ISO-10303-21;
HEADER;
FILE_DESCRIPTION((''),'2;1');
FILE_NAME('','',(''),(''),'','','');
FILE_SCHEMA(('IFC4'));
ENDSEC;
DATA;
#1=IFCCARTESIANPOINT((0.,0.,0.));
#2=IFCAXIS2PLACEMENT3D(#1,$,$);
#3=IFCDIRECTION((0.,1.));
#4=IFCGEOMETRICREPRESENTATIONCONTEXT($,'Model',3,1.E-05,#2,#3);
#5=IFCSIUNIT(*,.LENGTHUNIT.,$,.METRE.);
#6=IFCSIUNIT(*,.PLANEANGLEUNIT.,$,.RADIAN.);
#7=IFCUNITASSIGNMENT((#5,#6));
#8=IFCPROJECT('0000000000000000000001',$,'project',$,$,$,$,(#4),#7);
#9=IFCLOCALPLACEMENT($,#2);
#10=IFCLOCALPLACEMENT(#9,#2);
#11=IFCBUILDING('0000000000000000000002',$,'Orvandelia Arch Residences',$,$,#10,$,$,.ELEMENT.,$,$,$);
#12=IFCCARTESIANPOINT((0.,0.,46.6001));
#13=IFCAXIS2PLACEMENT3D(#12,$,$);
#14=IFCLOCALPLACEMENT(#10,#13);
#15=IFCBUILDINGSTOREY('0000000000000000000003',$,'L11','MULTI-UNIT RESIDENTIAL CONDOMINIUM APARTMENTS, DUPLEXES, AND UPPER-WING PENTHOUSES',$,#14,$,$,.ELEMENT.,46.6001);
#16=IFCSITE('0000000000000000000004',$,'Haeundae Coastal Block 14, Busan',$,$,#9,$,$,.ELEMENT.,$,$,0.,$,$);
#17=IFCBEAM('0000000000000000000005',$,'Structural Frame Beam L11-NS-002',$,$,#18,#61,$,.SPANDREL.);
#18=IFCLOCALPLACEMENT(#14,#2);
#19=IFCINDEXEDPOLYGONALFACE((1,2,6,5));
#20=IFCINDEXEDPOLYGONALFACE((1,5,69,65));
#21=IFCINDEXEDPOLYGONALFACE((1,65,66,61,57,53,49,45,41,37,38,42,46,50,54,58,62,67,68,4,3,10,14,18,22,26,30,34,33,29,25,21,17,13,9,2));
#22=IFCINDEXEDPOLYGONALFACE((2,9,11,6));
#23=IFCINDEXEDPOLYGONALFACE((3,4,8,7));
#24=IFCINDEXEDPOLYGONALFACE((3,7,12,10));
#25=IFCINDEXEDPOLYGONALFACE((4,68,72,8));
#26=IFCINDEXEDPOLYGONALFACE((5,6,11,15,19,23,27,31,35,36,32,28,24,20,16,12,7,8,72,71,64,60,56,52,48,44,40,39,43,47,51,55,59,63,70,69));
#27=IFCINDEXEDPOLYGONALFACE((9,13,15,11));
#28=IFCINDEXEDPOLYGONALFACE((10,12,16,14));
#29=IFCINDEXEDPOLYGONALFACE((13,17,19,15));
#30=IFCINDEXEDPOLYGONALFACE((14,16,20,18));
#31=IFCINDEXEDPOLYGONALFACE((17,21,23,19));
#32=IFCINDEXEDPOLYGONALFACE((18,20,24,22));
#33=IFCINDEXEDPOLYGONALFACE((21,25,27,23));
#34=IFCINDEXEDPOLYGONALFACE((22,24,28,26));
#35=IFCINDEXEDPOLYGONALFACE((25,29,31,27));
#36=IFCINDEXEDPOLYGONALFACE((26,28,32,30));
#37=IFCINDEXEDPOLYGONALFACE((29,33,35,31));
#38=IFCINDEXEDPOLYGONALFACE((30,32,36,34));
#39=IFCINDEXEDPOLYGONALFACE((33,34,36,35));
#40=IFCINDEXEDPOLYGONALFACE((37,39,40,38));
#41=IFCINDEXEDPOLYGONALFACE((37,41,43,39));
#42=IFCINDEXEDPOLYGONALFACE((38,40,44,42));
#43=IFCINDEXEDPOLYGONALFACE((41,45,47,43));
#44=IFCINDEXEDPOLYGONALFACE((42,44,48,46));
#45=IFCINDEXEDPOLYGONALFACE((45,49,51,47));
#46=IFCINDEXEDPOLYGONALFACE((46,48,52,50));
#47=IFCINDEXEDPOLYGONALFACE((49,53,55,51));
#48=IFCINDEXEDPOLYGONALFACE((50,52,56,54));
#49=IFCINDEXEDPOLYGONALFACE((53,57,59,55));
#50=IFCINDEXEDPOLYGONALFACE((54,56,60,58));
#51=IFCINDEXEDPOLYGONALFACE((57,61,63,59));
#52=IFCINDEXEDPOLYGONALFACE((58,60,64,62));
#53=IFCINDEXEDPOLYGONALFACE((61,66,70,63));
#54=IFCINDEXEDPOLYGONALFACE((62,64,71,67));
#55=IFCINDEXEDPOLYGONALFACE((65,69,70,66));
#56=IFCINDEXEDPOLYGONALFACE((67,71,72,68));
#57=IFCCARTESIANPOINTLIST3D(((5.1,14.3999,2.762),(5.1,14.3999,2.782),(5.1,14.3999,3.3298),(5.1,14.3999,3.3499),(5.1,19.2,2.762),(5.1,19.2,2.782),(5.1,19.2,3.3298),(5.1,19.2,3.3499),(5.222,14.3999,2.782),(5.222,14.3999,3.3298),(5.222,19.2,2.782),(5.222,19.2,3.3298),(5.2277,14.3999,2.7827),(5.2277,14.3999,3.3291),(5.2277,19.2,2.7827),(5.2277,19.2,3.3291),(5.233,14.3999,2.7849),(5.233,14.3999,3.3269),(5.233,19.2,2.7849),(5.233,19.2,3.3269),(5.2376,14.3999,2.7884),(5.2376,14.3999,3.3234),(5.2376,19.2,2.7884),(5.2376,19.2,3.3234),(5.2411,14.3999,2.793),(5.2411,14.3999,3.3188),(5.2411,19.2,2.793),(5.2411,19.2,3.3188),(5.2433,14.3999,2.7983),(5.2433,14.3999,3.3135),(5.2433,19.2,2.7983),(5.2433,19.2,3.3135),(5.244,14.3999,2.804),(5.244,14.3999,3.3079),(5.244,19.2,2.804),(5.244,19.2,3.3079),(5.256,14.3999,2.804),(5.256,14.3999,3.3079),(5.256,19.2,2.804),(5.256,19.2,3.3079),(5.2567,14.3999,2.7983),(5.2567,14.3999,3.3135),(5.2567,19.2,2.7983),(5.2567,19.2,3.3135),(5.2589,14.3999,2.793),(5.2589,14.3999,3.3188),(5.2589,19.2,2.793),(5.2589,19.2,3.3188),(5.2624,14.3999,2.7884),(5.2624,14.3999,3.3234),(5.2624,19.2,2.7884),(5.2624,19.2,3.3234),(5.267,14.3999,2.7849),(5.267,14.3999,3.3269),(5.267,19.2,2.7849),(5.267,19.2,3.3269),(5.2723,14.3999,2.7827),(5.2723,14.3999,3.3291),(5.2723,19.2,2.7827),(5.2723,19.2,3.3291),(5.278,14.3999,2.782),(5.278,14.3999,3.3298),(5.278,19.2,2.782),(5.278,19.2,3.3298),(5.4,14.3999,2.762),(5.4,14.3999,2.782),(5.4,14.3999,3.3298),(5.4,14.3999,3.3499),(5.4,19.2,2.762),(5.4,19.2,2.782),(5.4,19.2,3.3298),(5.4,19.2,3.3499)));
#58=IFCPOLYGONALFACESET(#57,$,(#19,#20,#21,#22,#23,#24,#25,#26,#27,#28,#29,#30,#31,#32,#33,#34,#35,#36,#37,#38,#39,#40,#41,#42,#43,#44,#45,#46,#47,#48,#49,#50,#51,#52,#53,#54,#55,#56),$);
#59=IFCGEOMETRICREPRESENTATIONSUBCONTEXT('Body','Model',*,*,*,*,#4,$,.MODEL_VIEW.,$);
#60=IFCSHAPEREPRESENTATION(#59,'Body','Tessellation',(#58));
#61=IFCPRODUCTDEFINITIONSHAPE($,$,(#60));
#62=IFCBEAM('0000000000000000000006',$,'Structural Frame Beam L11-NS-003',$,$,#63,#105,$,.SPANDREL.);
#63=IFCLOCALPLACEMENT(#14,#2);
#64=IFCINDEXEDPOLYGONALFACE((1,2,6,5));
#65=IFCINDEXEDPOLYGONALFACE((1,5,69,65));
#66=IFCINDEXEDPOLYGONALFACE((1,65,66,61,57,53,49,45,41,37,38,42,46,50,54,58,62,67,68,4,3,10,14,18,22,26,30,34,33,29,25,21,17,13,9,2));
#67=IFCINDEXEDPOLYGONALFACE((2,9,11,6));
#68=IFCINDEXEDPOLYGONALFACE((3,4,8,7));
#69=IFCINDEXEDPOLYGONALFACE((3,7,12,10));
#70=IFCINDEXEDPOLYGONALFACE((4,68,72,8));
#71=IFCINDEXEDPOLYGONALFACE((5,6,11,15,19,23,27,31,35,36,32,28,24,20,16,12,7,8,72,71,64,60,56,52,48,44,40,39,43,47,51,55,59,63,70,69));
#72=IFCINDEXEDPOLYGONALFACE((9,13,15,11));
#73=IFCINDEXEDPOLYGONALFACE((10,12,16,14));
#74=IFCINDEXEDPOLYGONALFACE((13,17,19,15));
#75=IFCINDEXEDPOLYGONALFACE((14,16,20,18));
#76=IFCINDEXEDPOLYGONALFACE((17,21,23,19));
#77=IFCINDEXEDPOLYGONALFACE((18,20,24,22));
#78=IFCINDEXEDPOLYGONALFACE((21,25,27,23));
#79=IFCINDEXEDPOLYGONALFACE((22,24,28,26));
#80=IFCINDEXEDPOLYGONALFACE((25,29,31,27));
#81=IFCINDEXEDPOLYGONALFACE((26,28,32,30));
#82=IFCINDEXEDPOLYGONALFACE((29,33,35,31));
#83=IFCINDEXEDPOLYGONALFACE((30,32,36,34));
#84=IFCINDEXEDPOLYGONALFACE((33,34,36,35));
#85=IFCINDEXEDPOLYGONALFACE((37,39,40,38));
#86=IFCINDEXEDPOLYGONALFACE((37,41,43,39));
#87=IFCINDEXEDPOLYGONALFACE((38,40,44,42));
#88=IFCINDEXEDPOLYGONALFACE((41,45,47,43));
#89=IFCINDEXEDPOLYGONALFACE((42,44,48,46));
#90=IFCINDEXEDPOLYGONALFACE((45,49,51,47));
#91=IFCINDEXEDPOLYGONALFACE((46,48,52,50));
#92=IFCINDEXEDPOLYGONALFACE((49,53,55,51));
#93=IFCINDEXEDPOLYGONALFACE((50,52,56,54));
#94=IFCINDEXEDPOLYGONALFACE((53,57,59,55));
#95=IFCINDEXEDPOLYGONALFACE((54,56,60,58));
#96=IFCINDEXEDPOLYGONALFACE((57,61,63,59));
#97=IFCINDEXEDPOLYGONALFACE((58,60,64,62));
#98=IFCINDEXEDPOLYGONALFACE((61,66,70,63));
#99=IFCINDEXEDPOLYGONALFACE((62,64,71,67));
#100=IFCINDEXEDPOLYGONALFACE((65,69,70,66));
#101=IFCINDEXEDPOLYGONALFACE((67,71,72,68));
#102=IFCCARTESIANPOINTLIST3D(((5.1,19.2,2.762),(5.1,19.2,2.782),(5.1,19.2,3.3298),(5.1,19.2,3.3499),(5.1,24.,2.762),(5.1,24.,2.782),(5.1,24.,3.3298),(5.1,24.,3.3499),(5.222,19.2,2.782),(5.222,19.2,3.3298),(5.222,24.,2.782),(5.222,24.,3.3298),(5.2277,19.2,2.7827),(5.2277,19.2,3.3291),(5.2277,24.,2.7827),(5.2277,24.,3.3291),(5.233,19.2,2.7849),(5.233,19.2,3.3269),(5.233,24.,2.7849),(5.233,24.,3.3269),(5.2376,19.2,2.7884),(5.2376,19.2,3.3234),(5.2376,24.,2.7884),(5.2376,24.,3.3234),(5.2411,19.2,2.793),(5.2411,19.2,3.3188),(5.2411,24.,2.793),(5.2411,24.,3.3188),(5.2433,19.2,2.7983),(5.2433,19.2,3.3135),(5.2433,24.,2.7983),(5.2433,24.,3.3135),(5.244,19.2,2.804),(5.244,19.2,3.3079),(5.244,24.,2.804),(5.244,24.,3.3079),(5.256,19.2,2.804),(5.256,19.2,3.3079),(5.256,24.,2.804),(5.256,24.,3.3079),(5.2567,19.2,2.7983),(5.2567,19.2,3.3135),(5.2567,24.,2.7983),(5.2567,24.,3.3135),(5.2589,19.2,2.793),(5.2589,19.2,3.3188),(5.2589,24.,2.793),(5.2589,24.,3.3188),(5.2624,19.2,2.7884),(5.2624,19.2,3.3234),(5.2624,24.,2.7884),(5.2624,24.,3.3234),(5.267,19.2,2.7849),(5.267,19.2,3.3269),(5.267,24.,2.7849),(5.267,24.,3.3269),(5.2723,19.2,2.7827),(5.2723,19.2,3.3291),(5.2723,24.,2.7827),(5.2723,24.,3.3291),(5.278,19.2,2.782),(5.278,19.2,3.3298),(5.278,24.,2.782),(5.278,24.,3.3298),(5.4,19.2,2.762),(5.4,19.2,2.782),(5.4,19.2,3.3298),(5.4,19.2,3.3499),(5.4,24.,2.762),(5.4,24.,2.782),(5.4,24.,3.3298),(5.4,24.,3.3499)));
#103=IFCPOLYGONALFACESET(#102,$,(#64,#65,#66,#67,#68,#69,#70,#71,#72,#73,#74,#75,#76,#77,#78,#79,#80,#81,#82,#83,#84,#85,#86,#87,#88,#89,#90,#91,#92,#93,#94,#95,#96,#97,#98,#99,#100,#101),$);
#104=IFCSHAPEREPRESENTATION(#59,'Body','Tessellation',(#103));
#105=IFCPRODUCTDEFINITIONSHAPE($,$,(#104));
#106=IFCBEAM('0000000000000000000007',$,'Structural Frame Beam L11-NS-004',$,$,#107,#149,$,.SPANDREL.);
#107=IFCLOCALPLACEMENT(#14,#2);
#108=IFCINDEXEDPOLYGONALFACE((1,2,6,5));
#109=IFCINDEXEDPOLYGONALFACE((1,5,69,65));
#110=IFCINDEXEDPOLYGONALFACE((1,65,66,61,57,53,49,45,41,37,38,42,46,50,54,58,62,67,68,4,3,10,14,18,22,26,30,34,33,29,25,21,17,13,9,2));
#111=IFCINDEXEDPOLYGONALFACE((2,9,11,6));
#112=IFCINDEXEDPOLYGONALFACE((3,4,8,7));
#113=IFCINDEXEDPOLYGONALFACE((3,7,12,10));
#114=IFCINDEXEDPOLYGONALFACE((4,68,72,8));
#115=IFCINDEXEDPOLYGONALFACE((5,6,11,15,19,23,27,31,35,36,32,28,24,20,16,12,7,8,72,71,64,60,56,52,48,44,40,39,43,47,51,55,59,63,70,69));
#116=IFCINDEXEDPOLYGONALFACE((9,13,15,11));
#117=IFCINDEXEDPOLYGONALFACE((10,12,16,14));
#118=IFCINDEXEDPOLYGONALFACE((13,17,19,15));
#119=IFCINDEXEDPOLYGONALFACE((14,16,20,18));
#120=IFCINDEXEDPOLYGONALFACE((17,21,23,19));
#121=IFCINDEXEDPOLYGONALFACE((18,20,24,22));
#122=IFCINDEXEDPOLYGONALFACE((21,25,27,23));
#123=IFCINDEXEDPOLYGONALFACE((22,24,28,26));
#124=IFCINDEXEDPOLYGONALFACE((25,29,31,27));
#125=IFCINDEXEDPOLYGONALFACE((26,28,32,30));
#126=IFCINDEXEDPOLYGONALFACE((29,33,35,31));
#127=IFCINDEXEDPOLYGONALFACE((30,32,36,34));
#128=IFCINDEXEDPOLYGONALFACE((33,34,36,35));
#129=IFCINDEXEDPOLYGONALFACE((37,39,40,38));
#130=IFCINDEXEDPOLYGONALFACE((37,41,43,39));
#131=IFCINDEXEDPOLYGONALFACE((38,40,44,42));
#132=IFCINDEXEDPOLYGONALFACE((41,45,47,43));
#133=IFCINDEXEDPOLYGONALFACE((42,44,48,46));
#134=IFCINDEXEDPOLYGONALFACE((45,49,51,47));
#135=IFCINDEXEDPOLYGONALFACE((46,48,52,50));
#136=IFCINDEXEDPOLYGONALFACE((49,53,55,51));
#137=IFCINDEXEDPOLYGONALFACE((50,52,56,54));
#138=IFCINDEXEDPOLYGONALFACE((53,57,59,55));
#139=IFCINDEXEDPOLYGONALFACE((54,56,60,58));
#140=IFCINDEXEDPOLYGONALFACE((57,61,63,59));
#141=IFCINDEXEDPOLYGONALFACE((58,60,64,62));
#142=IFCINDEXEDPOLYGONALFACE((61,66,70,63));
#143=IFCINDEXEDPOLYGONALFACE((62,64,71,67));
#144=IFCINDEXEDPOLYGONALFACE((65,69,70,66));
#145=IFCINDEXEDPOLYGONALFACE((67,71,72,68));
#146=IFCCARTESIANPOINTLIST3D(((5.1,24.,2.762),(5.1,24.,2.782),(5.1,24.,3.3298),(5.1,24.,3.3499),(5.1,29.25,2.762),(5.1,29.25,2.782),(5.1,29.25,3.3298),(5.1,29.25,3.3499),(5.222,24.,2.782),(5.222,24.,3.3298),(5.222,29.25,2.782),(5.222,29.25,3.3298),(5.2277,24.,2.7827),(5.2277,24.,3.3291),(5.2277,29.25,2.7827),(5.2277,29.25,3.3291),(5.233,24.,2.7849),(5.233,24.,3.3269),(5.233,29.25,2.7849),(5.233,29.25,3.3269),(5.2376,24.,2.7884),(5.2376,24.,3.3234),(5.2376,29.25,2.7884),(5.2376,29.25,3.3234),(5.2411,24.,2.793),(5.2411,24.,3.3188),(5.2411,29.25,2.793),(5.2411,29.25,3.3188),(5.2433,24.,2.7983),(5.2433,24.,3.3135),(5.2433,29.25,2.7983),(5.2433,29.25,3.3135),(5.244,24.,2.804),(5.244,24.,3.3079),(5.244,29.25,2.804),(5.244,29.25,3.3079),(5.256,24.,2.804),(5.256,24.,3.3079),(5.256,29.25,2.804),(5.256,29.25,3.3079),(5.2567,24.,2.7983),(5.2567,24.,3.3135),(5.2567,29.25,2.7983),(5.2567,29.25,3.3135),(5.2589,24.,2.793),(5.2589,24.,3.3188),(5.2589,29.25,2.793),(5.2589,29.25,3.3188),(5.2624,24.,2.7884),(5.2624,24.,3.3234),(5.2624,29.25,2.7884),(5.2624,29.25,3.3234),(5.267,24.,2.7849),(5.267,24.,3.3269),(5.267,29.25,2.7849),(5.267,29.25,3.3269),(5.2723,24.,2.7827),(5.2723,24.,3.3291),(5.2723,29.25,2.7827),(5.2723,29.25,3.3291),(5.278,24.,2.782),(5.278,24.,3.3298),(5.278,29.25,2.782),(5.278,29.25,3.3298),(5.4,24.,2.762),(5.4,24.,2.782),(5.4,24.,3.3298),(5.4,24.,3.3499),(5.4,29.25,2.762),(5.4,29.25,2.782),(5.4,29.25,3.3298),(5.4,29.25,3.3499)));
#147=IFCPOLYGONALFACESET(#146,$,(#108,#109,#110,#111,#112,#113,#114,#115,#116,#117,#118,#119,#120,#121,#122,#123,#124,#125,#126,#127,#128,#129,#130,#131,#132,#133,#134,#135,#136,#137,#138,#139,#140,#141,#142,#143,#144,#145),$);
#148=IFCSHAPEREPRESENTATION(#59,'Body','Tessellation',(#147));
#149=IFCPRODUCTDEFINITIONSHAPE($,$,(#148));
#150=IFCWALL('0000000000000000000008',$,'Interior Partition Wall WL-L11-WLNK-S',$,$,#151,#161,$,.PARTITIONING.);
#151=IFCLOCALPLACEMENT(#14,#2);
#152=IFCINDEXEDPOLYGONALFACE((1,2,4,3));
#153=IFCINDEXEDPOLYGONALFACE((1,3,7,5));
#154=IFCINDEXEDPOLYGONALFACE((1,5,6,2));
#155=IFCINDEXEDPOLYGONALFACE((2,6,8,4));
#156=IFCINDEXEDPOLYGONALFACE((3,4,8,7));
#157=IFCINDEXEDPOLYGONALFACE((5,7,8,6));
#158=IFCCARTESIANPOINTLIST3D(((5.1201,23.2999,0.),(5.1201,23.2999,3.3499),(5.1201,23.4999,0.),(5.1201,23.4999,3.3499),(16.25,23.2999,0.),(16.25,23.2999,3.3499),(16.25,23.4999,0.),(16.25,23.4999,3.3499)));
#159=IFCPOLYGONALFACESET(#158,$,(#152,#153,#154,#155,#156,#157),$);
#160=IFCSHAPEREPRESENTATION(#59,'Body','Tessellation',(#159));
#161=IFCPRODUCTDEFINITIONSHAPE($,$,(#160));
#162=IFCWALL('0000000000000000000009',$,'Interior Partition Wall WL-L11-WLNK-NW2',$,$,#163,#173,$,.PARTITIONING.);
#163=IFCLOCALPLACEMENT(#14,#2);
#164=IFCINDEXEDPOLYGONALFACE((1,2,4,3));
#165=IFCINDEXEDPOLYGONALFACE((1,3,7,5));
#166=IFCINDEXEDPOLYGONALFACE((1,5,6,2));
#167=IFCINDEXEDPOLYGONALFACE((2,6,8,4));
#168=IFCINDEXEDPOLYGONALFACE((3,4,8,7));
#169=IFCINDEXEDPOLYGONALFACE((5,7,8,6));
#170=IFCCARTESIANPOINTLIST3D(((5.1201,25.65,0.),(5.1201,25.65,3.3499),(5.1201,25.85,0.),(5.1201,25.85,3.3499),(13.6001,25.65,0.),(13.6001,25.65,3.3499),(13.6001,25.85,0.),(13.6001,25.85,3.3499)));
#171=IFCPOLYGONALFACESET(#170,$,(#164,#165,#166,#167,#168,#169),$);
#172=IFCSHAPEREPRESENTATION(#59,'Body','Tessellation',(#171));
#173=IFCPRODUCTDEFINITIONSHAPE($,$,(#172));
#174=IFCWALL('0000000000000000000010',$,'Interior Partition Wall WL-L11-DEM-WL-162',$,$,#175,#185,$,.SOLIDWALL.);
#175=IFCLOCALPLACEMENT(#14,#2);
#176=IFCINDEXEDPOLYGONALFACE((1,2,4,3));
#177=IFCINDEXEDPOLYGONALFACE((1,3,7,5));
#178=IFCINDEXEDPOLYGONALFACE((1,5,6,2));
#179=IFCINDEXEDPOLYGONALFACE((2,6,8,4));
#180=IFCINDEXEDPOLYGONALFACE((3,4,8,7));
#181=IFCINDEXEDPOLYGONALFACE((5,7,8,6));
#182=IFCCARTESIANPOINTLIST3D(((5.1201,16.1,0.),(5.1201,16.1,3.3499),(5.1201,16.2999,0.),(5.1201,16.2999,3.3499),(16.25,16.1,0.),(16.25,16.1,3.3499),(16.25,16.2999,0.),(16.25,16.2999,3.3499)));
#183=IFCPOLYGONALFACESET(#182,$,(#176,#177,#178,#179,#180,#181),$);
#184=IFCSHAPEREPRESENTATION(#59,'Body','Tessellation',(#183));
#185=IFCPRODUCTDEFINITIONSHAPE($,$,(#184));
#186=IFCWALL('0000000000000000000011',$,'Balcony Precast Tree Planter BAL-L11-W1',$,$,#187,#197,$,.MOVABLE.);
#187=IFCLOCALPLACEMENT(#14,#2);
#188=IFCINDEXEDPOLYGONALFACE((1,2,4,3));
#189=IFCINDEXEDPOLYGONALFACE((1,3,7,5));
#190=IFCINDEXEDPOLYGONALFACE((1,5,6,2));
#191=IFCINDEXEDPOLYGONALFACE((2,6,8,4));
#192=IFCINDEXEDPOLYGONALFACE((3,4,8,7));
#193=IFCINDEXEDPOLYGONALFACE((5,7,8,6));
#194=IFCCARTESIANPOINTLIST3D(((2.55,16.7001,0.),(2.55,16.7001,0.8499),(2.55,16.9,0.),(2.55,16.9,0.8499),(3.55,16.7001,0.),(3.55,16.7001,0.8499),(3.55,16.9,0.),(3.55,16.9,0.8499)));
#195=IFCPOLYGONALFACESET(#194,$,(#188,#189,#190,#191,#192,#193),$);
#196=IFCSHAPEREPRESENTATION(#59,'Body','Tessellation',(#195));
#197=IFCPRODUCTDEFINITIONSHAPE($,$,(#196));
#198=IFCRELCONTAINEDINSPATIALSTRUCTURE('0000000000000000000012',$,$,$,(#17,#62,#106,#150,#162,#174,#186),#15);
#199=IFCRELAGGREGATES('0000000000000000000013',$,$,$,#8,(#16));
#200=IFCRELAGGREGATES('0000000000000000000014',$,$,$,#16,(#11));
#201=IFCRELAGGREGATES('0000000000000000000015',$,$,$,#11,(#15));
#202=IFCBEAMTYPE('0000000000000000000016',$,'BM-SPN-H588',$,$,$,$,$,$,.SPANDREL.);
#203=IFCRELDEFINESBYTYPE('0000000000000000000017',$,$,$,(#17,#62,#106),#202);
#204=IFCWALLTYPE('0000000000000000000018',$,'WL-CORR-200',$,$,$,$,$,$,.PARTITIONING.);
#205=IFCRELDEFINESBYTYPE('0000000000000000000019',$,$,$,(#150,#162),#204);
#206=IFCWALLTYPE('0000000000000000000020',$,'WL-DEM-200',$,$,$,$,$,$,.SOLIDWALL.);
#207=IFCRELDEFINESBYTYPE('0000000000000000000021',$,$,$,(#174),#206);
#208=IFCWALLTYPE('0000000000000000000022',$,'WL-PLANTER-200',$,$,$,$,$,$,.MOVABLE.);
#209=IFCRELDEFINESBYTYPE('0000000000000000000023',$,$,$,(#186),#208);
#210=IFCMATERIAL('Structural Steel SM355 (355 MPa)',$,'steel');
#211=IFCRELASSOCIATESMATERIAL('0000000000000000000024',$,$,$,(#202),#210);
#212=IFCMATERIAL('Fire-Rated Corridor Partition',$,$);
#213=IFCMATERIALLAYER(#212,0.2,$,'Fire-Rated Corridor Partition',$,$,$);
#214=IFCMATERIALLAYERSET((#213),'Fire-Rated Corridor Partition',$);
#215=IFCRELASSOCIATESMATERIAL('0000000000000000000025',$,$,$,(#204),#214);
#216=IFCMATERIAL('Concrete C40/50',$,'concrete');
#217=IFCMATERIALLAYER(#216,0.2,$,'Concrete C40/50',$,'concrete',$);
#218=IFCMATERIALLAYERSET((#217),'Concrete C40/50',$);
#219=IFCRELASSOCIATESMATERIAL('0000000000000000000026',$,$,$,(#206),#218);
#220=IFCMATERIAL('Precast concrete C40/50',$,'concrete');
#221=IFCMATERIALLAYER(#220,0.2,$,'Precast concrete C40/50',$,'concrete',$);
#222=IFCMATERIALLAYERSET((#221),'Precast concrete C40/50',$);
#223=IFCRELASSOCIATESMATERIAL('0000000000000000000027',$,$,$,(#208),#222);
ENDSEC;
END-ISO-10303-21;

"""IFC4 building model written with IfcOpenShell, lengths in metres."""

from ifc_helpers import new_model, si_unit, direction, frame, frame_2d, origin, origin_2d, place, context, subcontext, project, spatial, rectangle, i_section, extrude, material, layer, layer_set, material_profile, profile_set, type_object, element, save


model = new_model("IFC4")

# Units and contexts
model_context = context("Model", 3, precision=1e-05, world=origin(), true_north=direction((0.0, 1.0)))
body_context = subcontext(model_context, "Body", "Model", "MODEL_VIEW")
ifc_project = project(units=[si_unit("LENGTHUNIT", "METRE"), si_unit("PLANEANGLEUNIT", "RADIAN")], contexts=[model_context])

# Site, building, storey
site_placement = place(None, origin())
site = spatial("IfcSite", under=ifc_project, at=site_placement, Name="Haeundae Coastal Block 14, Busan", CompositionType="ELEMENT", RefElevation=0.0)
building_placement = place(site_placement, origin())
building = spatial("IfcBuilding", under=site, at=building_placement, Name="Orvandelia Arch Residences", CompositionType="ELEMENT")
storey_placement = place(building_placement, frame((0.0, 0.0, 46.6001)))
storey = spatial("IfcBuildingStorey", under=building, at=storey_placement, Name="L11", Description="MULTI-UNIT RESIDENTIAL CONDOMINIUM APARTMENTS, DUPLEXES, AND UPPER-WING PENTHOUSES", CompositionType="ELEMENT", Elevation=46.6001)

# Beams
ifc_material_1 = material(Name="Structural Steel SM355 (355 MPa)", Category="steel")
ifc_material_profile_1 = material_profile(ifc_material_1, i_section(OverallWidth=0.3, OverallDepth=0.5879, WebThickness=0.012, FlangeThickness=0.02, FilletRadius=0.022, at=origin_2d()), Name="Structural Steel SM355 (355 MPa)", Category="steel")
ifc_profile_set_1 = profile_set([ifc_material_profile_1], Name="Structural Steel SM355 (355 MPa)")
beam_type_1 = type_object("IfcBeamType", Name="BM-SPN-H588", PredefinedType="SPANDREL", material=ifc_profile_set_1)
for number, where, z_axis, x_axis, name in (
    (1, (5.25, 14.3999, 3.0559), (0.0, 1.0, 0.0), (-1.0, 0.0, 0.0), "Structural Frame Beam L11-NS-002"),
    (2, (5.25, 19.2, 3.0559), (0.0, 1.0, 0.0), (-1.0, 0.0, 0.0), "Structural Frame Beam L11-NS-003"),
):
    element("IfcBeam", number, at=place(storey_placement, frame(where, z_axis=z_axis, x_axis=x_axis)), inside=storey, type_object=beam_type_1, Name=name, PredefinedType="SPANDREL", context=body_context, shape_type="SweptSolid", body=[
        extrude(i_section(OverallWidth=0.3, OverallDepth=0.5879, WebThickness=0.012, FlangeThickness=0.02, FilletRadius=0.022, at=origin_2d()), origin(), (0.0, 0.0, 1.0), 4.8),
    ])
beam_placement = place(storey_placement, frame((5.25, 24.0, 3.0559), z_axis=(0.0, 1.0, 0.0), x_axis=(-1.0, 0.0, 0.0)))
element("IfcBeam", 3, at=beam_placement, inside=storey, type_object=beam_type_1, Name="Structural Frame Beam L11-NS-004", PredefinedType="SPANDREL", context=body_context, shape_type="SweptSolid", body=[
    extrude(i_section(OverallWidth=0.3, OverallDepth=0.5879, WebThickness=0.012, FlangeThickness=0.02, FilletRadius=0.022, at=origin_2d()), origin(), (0.0, 0.0, 1.0), 5.25),
])

# Walls
ifc_material_2 = material(Name="Fire-Rated Corridor Partition")
ifc_layer_1 = layer(ifc_material_2, 0.2, Name="Fire-Rated Corridor Partition")
ifc_layer_set_1 = layer_set([ifc_layer_1], Name="Fire-Rated Corridor Partition")
wall_type_1 = type_object("IfcWallType", Name="WL-CORR-200", PredefinedType="PARTITIONING", material=ifc_layer_set_1)
wall_1_placement = place(storey_placement, frame((5.1201, 23.3999, 0.0), z_axis=(0.0, 0.0, 1.0), x_axis=(1.0, 0.0, 0.0)))
element("IfcWall", 4, at=wall_1_placement, inside=storey, type_object=wall_type_1, Name="Interior Partition Wall WL-L11-WLNK-S", PredefinedType="PARTITIONING", context=body_context, shape_type="SweptSolid", body=[
    extrude(rectangle(XDim=11.1299, YDim=0.2, at=frame_2d((5.5649, 0.0))), origin(), (0.0, 0.0, 1.0), 3.3499),
])
wall_2_placement = place(storey_placement, frame((5.1201, 25.75, 0.0), z_axis=(0.0, 0.0, 1.0), x_axis=(1.0, 0.0, 0.0)))
element("IfcWall", 5, at=wall_2_placement, inside=storey, type_object=wall_type_1, Name="Interior Partition Wall WL-L11-WLNK-NW2", PredefinedType="PARTITIONING", context=body_context, shape_type="SweptSolid", body=[
    extrude(rectangle(XDim=8.48, YDim=0.2, at=frame_2d((4.24, 0.0))), origin(), (0.0, 0.0, 1.0), 3.3499),
])
ifc_material_3 = material(Name="Concrete C40/50", Category="concrete")
ifc_layer_2 = layer(ifc_material_3, 0.2, Name="Concrete C40/50", Category="concrete")
ifc_layer_set_2 = layer_set([ifc_layer_2], Name="Concrete C40/50")
wall_type_2 = type_object("IfcWallType", Name="WL-DEM-200", PredefinedType="SOLIDWALL", material=ifc_layer_set_2)
wall_3_placement = place(storey_placement, frame((5.1201, 16.2, 0.0), z_axis=(0.0, 0.0, 1.0), x_axis=(1.0, 0.0, 0.0)))
element("IfcWall", 6, at=wall_3_placement, inside=storey, type_object=wall_type_2, Name="Interior Partition Wall WL-L11-DEM-WL-162", PredefinedType="SOLIDWALL", context=body_context, shape_type="SweptSolid", body=[
    extrude(rectangle(XDim=11.1299, YDim=0.2, at=frame_2d((5.5649, 0.0))), origin(), (0.0, 0.0, 1.0), 3.3499),
])
ifc_material_4 = material(Name="Precast concrete C40/50", Category="concrete")
ifc_layer_3 = layer(ifc_material_4, 0.2, Name="Precast concrete C40/50", Category="concrete")
ifc_layer_set_3 = layer_set([ifc_layer_3], Name="Precast concrete C40/50")
wall_type_3 = type_object("IfcWallType", Name="WL-PLANTER-200", PredefinedType="MOVABLE", material=ifc_layer_set_3)
wall_4_placement = place(storey_placement, frame((2.55, 16.8, 0.0), z_axis=(0.0, 0.0, 1.0), x_axis=(1.0, 0.0, 0.0)))
element("IfcWall", 7, at=wall_4_placement, inside=storey, type_object=wall_type_3, Name="Balcony Precast Tree Planter BAL-L11-W1", PredefinedType="MOVABLE", context=body_context, shape_type="SweptSolid", body=[
    extrude(rectangle(XDim=1.0, YDim=0.2, at=frame_2d((0.5, 0.0))), origin(), (0.0, 0.0, 1.0), 0.8499),
])

save(model, "model.ifc")
